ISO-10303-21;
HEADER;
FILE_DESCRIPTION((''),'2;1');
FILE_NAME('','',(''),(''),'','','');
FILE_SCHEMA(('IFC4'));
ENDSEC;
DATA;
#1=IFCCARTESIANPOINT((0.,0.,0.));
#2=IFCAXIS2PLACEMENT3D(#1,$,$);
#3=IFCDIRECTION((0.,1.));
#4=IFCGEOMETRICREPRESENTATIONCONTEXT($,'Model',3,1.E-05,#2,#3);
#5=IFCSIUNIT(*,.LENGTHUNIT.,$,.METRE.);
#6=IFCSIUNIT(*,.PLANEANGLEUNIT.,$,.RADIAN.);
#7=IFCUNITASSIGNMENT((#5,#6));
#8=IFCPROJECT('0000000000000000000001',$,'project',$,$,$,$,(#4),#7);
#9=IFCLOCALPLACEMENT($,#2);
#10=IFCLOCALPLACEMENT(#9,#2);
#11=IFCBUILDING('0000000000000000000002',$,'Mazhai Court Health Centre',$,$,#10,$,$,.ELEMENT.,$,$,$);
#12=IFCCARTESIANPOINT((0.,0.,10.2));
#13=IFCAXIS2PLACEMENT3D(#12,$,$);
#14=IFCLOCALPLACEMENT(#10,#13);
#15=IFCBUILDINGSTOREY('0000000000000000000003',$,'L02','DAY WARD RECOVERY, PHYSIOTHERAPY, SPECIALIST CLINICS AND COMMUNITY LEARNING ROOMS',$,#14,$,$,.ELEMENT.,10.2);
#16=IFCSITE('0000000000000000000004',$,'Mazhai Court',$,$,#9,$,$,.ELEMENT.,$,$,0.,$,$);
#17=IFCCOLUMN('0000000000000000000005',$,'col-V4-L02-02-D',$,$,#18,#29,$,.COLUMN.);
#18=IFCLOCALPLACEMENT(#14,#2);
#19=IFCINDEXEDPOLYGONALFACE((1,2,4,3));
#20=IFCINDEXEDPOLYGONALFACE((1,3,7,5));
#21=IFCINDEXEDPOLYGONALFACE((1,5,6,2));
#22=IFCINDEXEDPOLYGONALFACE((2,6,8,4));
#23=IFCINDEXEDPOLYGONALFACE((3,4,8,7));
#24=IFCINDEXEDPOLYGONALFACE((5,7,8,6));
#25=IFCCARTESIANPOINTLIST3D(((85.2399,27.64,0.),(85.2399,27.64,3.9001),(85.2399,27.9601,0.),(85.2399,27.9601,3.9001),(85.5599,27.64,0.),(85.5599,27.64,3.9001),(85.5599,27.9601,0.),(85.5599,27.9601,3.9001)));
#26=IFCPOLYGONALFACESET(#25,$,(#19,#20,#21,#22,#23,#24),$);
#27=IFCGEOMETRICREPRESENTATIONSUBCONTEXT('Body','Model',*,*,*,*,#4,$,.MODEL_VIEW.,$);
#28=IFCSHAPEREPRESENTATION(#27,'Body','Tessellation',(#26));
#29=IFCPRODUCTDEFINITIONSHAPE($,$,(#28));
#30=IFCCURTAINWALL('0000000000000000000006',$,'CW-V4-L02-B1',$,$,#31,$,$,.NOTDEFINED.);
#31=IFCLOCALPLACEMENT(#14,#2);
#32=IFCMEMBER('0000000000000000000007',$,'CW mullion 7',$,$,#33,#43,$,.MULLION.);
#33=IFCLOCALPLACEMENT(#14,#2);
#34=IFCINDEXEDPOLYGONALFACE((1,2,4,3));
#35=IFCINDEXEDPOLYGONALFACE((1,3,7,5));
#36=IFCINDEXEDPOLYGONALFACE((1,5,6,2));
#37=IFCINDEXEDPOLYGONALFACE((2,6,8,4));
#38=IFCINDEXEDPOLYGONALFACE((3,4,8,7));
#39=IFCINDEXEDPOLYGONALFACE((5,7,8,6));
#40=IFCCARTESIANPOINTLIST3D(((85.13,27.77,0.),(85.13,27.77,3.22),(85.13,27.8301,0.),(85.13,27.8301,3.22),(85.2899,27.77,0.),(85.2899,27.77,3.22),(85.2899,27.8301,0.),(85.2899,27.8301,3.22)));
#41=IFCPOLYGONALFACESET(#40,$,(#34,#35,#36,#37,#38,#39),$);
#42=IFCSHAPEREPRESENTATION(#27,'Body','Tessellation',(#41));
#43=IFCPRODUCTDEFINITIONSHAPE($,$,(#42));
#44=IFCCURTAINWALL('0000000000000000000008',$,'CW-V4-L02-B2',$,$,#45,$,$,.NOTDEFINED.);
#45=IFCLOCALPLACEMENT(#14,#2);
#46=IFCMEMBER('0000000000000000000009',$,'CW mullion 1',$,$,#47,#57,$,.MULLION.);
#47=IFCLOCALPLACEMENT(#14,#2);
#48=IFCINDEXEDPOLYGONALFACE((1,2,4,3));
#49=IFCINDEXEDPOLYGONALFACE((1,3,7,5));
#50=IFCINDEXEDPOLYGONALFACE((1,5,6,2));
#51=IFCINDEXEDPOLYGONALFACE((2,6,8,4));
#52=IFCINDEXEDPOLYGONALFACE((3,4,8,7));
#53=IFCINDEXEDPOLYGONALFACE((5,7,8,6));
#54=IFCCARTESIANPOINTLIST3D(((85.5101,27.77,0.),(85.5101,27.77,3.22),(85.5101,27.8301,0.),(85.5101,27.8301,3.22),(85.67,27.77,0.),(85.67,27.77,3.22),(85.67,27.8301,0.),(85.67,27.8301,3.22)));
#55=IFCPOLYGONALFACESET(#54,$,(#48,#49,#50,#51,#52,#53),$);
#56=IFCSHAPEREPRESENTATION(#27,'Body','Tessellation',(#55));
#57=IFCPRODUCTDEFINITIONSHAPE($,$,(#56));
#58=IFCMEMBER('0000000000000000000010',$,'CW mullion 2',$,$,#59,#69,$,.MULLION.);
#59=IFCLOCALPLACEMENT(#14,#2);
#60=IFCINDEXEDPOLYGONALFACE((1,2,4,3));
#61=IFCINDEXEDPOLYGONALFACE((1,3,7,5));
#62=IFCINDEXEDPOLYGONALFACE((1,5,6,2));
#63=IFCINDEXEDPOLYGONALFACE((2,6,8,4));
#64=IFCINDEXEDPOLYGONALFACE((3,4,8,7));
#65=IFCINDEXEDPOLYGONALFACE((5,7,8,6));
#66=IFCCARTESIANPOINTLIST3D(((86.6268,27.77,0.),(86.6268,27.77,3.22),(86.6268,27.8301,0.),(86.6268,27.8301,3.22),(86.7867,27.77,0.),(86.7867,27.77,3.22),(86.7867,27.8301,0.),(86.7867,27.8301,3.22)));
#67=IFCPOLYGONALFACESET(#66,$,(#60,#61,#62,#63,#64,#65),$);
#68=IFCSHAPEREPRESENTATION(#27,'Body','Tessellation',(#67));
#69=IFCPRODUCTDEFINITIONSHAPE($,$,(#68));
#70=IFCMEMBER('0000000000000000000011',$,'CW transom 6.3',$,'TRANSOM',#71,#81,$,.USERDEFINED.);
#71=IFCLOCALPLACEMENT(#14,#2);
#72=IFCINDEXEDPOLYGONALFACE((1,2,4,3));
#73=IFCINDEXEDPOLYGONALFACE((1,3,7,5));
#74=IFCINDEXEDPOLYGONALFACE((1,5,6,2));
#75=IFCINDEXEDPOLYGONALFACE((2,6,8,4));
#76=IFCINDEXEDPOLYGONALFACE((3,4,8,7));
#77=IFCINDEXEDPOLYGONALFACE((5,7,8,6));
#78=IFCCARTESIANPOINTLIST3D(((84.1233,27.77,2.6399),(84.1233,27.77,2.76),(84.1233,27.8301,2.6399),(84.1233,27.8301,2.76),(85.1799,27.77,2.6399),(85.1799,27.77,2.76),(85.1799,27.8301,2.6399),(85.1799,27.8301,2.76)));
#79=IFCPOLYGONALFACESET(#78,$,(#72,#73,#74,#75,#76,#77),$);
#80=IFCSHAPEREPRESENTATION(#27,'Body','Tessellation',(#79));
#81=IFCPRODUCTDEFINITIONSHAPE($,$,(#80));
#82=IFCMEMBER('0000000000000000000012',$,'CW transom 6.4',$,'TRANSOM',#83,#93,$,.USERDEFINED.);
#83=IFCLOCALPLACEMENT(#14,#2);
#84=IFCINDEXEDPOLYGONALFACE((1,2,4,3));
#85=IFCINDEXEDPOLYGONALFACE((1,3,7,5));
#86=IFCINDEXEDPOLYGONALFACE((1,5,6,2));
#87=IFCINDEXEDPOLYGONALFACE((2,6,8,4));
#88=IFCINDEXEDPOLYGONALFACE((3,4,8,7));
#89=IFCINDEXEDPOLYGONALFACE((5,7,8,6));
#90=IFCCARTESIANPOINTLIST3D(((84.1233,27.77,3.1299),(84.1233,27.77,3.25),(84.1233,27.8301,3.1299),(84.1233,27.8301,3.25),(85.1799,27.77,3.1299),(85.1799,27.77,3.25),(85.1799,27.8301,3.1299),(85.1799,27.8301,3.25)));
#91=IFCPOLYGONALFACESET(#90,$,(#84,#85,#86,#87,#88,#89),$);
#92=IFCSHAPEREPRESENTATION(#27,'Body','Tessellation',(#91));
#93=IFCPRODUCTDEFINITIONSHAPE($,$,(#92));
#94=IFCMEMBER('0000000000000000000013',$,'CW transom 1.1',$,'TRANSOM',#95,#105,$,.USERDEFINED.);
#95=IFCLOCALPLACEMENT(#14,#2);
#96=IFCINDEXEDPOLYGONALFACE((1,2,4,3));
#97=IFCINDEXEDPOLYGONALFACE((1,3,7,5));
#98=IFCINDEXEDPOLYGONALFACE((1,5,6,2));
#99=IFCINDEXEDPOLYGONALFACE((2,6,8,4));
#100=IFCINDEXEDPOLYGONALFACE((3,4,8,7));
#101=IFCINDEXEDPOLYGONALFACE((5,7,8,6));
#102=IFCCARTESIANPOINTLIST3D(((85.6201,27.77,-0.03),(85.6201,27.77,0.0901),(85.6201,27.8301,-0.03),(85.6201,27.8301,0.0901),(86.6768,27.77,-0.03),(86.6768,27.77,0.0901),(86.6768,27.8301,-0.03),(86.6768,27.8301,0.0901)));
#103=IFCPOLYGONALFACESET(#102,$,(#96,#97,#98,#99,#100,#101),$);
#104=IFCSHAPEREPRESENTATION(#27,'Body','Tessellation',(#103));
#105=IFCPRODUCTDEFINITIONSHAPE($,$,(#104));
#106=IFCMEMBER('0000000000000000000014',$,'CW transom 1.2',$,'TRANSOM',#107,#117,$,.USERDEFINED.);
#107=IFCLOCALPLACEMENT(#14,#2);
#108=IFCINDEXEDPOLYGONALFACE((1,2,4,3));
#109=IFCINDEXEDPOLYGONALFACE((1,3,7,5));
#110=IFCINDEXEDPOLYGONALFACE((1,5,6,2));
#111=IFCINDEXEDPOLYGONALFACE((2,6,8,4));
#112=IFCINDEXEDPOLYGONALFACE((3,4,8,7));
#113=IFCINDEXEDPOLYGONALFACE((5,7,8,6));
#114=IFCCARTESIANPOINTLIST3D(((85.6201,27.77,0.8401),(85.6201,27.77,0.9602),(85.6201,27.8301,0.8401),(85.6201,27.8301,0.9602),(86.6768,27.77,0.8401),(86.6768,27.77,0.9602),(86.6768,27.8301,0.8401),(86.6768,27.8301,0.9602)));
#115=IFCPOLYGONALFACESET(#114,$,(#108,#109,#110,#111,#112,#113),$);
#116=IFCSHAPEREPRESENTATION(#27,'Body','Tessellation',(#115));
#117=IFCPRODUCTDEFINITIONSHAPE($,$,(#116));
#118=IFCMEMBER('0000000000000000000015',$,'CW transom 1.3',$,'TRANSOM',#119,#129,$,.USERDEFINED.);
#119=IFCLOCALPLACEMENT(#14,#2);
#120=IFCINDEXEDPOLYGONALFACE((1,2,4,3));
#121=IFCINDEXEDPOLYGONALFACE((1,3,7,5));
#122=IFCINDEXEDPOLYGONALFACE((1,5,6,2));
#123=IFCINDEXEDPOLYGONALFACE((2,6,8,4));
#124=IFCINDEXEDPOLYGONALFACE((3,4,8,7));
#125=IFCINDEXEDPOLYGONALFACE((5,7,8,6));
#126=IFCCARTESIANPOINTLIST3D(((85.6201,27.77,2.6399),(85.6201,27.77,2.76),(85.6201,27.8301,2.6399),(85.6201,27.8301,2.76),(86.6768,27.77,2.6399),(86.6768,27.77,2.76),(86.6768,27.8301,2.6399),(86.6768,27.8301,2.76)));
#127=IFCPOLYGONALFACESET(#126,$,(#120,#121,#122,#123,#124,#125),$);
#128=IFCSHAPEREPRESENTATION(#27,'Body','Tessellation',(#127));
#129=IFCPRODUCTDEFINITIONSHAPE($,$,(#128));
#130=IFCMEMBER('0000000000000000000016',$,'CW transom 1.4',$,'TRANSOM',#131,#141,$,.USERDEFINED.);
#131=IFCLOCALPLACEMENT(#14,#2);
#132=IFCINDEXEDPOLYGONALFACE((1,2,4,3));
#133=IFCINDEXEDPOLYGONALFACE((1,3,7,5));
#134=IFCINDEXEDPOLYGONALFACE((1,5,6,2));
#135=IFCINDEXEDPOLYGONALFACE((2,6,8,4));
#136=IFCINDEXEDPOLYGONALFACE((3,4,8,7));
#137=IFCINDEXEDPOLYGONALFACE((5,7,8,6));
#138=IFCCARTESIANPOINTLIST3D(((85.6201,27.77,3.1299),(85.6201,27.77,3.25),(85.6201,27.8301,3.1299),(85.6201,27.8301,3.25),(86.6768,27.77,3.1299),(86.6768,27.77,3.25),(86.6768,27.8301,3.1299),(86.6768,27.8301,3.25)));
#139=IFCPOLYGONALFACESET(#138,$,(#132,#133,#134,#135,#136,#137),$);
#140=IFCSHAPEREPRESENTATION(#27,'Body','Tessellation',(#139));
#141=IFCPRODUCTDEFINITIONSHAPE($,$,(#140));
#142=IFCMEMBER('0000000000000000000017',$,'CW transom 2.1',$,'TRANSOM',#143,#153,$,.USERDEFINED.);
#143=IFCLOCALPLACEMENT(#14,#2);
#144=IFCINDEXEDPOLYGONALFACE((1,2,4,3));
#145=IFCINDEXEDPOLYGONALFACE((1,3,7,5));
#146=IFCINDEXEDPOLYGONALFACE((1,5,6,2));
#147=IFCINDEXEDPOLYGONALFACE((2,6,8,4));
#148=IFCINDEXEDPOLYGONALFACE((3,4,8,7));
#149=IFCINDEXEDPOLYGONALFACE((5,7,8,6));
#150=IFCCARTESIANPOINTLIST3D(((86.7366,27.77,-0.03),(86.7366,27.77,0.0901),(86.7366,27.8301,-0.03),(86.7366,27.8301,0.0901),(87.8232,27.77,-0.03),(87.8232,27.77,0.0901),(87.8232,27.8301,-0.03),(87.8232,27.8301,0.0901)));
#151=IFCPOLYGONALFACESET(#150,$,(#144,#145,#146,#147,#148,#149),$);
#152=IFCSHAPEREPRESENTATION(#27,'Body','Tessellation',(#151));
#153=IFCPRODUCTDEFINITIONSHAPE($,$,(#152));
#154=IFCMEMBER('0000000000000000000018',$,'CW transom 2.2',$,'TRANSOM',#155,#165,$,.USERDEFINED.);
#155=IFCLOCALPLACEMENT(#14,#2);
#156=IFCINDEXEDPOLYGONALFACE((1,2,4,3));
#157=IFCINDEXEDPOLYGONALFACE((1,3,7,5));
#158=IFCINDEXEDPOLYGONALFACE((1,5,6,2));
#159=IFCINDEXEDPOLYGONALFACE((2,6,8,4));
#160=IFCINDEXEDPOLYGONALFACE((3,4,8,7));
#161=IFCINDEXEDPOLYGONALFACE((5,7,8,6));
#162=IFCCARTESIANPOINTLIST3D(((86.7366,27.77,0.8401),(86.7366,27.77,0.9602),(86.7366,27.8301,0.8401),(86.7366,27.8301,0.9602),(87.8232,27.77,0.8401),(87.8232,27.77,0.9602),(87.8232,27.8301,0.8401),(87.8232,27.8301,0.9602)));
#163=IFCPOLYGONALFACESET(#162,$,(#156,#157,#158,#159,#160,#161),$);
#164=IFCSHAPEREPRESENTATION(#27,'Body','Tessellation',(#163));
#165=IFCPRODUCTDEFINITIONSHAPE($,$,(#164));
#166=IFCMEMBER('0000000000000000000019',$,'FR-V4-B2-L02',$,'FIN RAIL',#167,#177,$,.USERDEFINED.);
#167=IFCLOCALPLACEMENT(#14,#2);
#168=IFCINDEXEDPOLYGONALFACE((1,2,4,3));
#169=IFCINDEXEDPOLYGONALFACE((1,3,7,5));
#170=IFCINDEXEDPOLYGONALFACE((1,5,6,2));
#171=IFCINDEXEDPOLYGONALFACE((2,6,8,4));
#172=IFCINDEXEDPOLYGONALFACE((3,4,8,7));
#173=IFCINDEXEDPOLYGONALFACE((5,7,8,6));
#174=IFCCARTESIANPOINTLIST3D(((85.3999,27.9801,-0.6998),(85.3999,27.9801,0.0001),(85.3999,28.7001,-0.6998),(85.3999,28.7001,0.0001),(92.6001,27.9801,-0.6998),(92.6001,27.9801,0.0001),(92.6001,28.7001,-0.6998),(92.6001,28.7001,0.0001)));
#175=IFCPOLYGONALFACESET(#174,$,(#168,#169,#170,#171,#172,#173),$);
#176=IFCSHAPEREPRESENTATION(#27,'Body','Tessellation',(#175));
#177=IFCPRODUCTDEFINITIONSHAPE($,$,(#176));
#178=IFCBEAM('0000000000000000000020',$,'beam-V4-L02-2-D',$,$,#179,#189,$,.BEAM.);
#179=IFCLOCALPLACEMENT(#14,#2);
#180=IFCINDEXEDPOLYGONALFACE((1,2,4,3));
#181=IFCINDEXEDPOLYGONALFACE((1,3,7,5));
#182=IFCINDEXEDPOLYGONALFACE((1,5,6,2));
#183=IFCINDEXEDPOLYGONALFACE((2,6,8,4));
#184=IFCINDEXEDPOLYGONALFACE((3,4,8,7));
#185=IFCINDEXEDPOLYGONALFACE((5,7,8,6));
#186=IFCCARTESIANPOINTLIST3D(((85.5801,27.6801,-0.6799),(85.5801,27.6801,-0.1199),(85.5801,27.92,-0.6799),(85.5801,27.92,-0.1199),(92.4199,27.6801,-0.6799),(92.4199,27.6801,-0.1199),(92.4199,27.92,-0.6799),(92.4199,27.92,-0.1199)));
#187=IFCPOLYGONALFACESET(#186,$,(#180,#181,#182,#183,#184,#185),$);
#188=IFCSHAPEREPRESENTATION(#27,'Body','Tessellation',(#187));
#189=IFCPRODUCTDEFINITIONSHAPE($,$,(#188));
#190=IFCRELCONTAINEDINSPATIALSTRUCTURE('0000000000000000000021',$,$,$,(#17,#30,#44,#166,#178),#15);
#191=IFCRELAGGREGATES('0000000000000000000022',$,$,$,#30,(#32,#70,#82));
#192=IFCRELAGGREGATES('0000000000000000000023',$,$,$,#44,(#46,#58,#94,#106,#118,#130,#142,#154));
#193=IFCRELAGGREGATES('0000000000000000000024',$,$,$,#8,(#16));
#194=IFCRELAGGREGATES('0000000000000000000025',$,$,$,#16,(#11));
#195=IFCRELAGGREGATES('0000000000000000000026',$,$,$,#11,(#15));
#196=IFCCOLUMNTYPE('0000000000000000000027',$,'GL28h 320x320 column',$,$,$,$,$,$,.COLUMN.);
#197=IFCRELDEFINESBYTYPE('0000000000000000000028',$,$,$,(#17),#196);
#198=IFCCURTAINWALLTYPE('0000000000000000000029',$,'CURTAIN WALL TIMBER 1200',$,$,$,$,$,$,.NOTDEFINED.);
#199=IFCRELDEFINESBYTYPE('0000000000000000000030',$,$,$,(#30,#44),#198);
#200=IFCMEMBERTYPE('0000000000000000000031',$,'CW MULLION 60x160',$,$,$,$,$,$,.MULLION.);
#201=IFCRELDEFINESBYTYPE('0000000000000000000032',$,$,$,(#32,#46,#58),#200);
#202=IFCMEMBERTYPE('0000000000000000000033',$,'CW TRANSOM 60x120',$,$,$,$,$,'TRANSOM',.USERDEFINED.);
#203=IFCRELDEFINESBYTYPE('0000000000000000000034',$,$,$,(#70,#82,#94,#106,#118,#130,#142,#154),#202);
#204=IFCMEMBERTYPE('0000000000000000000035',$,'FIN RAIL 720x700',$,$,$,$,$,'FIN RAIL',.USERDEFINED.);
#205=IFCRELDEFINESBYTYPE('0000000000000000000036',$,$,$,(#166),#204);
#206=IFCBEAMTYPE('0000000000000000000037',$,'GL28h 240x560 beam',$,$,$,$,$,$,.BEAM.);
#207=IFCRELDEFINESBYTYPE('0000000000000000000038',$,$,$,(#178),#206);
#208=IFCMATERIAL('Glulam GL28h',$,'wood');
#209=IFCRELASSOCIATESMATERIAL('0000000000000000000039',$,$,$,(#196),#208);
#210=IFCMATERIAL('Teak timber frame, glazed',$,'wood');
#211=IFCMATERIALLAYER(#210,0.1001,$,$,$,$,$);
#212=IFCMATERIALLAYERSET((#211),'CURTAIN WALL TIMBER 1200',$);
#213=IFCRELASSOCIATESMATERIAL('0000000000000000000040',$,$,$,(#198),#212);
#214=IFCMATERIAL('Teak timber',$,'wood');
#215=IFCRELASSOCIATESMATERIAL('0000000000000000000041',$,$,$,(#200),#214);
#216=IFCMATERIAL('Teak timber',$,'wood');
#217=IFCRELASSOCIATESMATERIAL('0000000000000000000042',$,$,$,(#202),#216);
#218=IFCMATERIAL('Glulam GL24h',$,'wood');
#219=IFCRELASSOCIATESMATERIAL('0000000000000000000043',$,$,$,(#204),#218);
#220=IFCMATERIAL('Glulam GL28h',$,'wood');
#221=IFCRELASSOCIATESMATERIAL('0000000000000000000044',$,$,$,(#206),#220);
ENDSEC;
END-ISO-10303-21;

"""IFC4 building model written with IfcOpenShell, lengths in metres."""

from ifc_helpers import new_model, si_unit, direction, frame, origin, origin_2d, place, context, subcontext, project, spatial, rectangle, extrude, material, layer, layer_set, material_profile, profile_set, type_object, element, aggregate, save


model = new_model("IFC4")

# Units and contexts
model_context = context("Model", 3, precision=1e-05, world=origin(), true_north=direction((0.0, 1.0)))
body_context = subcontext(model_context, "Body", "Model", "MODEL_VIEW")
ifc_project = project(units=[si_unit("LENGTHUNIT", "METRE"), si_unit("PLANEANGLEUNIT", "RADIAN")], contexts=[model_context])

# Site, building, storey
site_placement = place(None, origin())
site = spatial("IfcSite", under=ifc_project, at=site_placement, Name="Mazhai Court", CompositionType="ELEMENT", RefElevation=0.0)
building_placement = place(site_placement, origin())
building = spatial("IfcBuilding", under=site, at=building_placement, Name="Mazhai Court Health Centre", CompositionType="ELEMENT")
storey_placement = place(building_placement, frame((0.0, 0.0, 10.2)))
storey = spatial("IfcBuildingStorey", under=building, at=storey_placement, Name="L02", Description="DAY WARD RECOVERY, PHYSIOTHERAPY, SPECIALIST CLINICS AND COMMUNITY LEARNING ROOMS", CompositionType="ELEMENT", Elevation=10.2)

# Column
ifc_material_1 = material(Name="Glulam GL28h", Category="wood")
ifc_material_profile_1 = material_profile(ifc_material_1, rectangle(XDim=0.3201, YDim=0.3201, at=origin_2d()), Name="GL28h 320x320")
ifc_profile_set_1 = profile_set([ifc_material_profile_1], Name="Glulam GL28h")
column_type = type_object("IfcColumnType", Name="GL28h 320x320 column", PredefinedType="COLUMN", material=ifc_profile_set_1)
column_placement = place(storey_placement, frame((85.3999, 27.8, 0.0), z_axis=(0.0, 0.0, 1.0), x_axis=(1.0, 0.0, 0.0)))
element("IfcColumn", 1, at=column_placement, inside=storey, type_object=column_type, Name="col-V4-L02-02-D", PredefinedType="COLUMN", context=body_context, shape_type="SweptSolid", body=[
    extrude(rectangle(XDim=0.3201, YDim=0.3201, at=origin_2d()), origin(), (0.0, 0.0, 1.0), 3.9001),
])

# Curtain wall, member
ifc_material_2 = material(Name="Teak timber frame, glazed", Category="wood")
ifc_layer_1 = layer(ifc_material_2, 0.1001)
ifc_layer_set_1 = layer_set([ifc_layer_1], Name="CURTAIN WALL TIMBER 1200")
curtain_wall_type = type_object("IfcCurtainWallType", Name="CURTAIN WALL TIMBER 1200", PredefinedType="NOTDEFINED", material=ifc_layer_set_1)
curtain_wall_1_placement = place(storey_placement, origin())
curtain_wall_1 = element("IfcCurtainWall", 2, at=curtain_wall_1_placement, inside=storey, type_object=curtain_wall_type, Name="CW-V4-L02-B1", PredefinedType="NOTDEFINED")
ifc_material_3 = material(Name="Teak timber", Category="wood")
ifc_material_profile_2 = material_profile(ifc_material_3, rectangle(XDim=0.0601, YDim=0.1599, at=origin_2d()), Name="CW MULLION 60x160")
ifc_profile_set_2 = profile_set([ifc_material_profile_2], Name="Teak timber")
member_type_1 = type_object("IfcMemberType", Name="CW MULLION 60x160", PredefinedType="MULLION", material=ifc_profile_set_2)
member_1_placement = place(storey_placement, frame((85.21, 27.8, 0.0), z_axis=(0.0, 0.0, 1.0), x_axis=(0.0, 1.0, 0.0)))
member_1 = element("IfcMember", 3, at=member_1_placement, type_object=member_type_1, Name="CW mullion 7", PredefinedType="MULLION", context=body_context, shape_type="SweptSolid", body=[
    extrude(rectangle(XDim=0.0601, YDim=0.1599, at=origin_2d()), origin(), (0.0, 0.0, 1.0), 3.22),
])

# Curtain wall, members
curtain_wall_2_placement = place(storey_placement, origin())
curtain_wall_2 = element("IfcCurtainWall", 4, at=curtain_wall_2_placement, inside=storey, type_object=curtain_wall_type, Name="CW-V4-L02-B2", PredefinedType="NOTDEFINED")
member_2_placement = place(storey_placement, frame((85.5901, 27.8, 0.0), z_axis=(0.0, 0.0, 1.0), x_axis=(0.0, 1.0, 0.0)))
member_2 = element("IfcMember", 5, at=member_2_placement, type_object=member_type_1, Name="CW mullion 1", PredefinedType="MULLION", context=body_context, shape_type="SweptSolid", body=[
    extrude(rectangle(XDim=0.0601, YDim=0.1599, at=origin_2d()), origin(), (0.0, 0.0, 1.0), 3.22),
])
member_3_placement = place(storey_placement, frame((86.7068, 27.8, 0.0), z_axis=(0.0, 0.0, 1.0), x_axis=(0.0, 1.0, 0.0)))
member_3 = element("IfcMember", 6, at=member_3_placement, type_object=member_type_1, Name="CW mullion 2", PredefinedType="MULLION", context=body_context, shape_type="SweptSolid", body=[
    extrude(rectangle(XDim=0.0601, YDim=0.1599, at=origin_2d()), origin(), (0.0, 0.0, 1.0), 3.22),
])

# Members
ifc_material_4 = material(Name="Teak timber", Category="wood")
ifc_material_profile_3 = material_profile(ifc_material_4, rectangle(XDim=0.0601, YDim=0.1201, at=origin_2d()), Name="CW TRANSOM 60x120")
ifc_profile_set_3 = profile_set([ifc_material_profile_3], Name="Teak timber")
member_type_2 = type_object("IfcMemberType", Name="CW TRANSOM 60x120", ElementType="TRANSOM", PredefinedType="USERDEFINED", material=ifc_profile_set_3)
member_4_placement = place(storey_placement, frame((84.1233, 27.8, 2.7), z_axis=(1.0, 0.0, 0.0), x_axis=(0.0, 1.0, 0.0)))
member_4 = element("IfcMember", 7, at=member_4_placement, type_object=member_type_2, Name="CW transom 6.3", ObjectType="TRANSOM", PredefinedType="USERDEFINED", context=body_context, shape_type="SweptSolid", body=[
    extrude(rectangle(XDim=0.0601, YDim=0.1201, at=origin_2d()), origin(), (0.0, 0.0, 1.0), 1.0566),
])
member_5_placement = place(storey_placement, frame((84.1233, 27.8, 3.1899), z_axis=(1.0, 0.0, 0.0), x_axis=(0.0, 1.0, 0.0)))
member_5 = element("IfcMember", 8, at=member_5_placement, type_object=member_type_2, Name="CW transom 6.4", ObjectType="TRANSOM", PredefinedType="USERDEFINED", context=body_context, shape_type="SweptSolid", body=[
    extrude(rectangle(XDim=0.0601, YDim=0.1201, at=origin_2d()), origin(), (0.0, 0.0, 1.0), 1.0566),
])
member_6_placement = place(storey_placement, frame((85.6201, 27.8, 0.03), z_axis=(1.0, 0.0, 0.0), x_axis=(0.0, 1.0, 0.0)))
member_6 = element("IfcMember", 9, at=member_6_placement, type_object=member_type_2, Name="CW transom 1.1", ObjectType="TRANSOM", PredefinedType="USERDEFINED", context=body_context, shape_type="SweptSolid", body=[
    extrude(rectangle(XDim=0.0601, YDim=0.1201, at=origin_2d()), origin(), (0.0, 0.0, 1.0), 1.0566),
])
member_7_placement = place(storey_placement, frame((85.6201, 27.8, 0.9001), z_axis=(1.0, 0.0, 0.0), x_axis=(0.0, 1.0, 0.0)))
member_7 = element("IfcMember", 10, at=member_7_placement, type_object=member_type_2, Name="CW transom 1.2", ObjectType="TRANSOM", PredefinedType="USERDEFINED", context=body_context, shape_type="SweptSolid", body=[
    extrude(rectangle(XDim=0.0601, YDim=0.1201, at=origin_2d()), origin(), (0.0, 0.0, 1.0), 1.0566),
])
member_8_placement = place(storey_placement, frame((85.6201, 27.8, 2.7), z_axis=(1.0, 0.0, 0.0), x_axis=(0.0, 1.0, 0.0)))
member_8 = element("IfcMember", 11, at=member_8_placement, type_object=member_type_2, Name="CW transom 1.3", ObjectType="TRANSOM", PredefinedType="USERDEFINED", context=body_context, shape_type="SweptSolid", body=[
    extrude(rectangle(XDim=0.0601, YDim=0.1201, at=origin_2d()), origin(), (0.0, 0.0, 1.0), 1.0566),
])
member_9_placement = place(storey_placement, frame((85.6201, 27.8, 3.1899), z_axis=(1.0, 0.0, 0.0), x_axis=(0.0, 1.0, 0.0)))
member_9 = element("IfcMember", 12, at=member_9_placement, type_object=member_type_2, Name="CW transom 1.4", ObjectType="TRANSOM", PredefinedType="USERDEFINED", context=body_context, shape_type="SweptSolid", body=[
    extrude(rectangle(XDim=0.0601, YDim=0.1201, at=origin_2d()), origin(), (0.0, 0.0, 1.0), 1.0566),
])
member_10_placement = place(storey_placement, frame((86.7366, 27.8, 0.03), z_axis=(1.0, 0.0, 0.0), x_axis=(0.0, 1.0, 0.0)))
member_10 = element("IfcMember", 13, at=member_10_placement, type_object=member_type_2, Name="CW transom 2.1", ObjectType="TRANSOM", PredefinedType="USERDEFINED", context=body_context, shape_type="SweptSolid", body=[
    extrude(rectangle(XDim=0.0601, YDim=0.1201, at=origin_2d()), origin(), (0.0, 0.0, 1.0), 1.0867),
])
member_11_placement = place(storey_placement, frame((86.7366, 27.8, 0.9001), z_axis=(1.0, 0.0, 0.0), x_axis=(0.0, 1.0, 0.0)))
member_11 = element("IfcMember", 14, at=member_11_placement, type_object=member_type_2, Name="CW transom 2.2", ObjectType="TRANSOM", PredefinedType="USERDEFINED", context=body_context, shape_type="SweptSolid", body=[
    extrude(rectangle(XDim=0.0601, YDim=0.1201, at=origin_2d()), origin(), (0.0, 0.0, 1.0), 1.0867),
])
ifc_material_5 = material(Name="Glulam GL24h", Category="wood")
ifc_material_profile_4 = material_profile(ifc_material_5, rectangle(XDim=0.72, YDim=0.7, at=origin_2d()), Name="FIN RAIL 720x700")
ifc_profile_set_4 = profile_set([ifc_material_profile_4], Name="Glulam GL24h")
member_type_3 = type_object("IfcMemberType", Name="FIN RAIL 720x700", ElementType="FIN RAIL", PredefinedType="USERDEFINED", material=ifc_profile_set_4)
member_12_placement = place(storey_placement, frame((85.3999, 28.3401, -0.3499), z_axis=(1.0, 0.0, 0.0), x_axis=(0.0, 1.0, 0.0)))
element("IfcMember", 15, at=member_12_placement, inside=storey, type_object=member_type_3, Name="FR-V4-B2-L02", ObjectType="FIN RAIL", PredefinedType="USERDEFINED", context=body_context, shape_type="SweptSolid", body=[
    extrude(rectangle(XDim=0.72, YDim=0.7, at=origin_2d()), origin(), (0.0, 0.0, 1.0), 7.2002),
])

# Beam
ifc_material_6 = material(Name="Glulam GL28h", Category="wood")
ifc_material_profile_5 = material_profile(ifc_material_6, rectangle(XDim=0.24, YDim=0.5601, at=origin_2d()), Name="GL28h 240x560")
ifc_profile_set_5 = profile_set([ifc_material_profile_5], Name="Glulam GL28h")
beam_type = type_object("IfcBeamType", Name="GL28h 240x560 beam", PredefinedType="BEAM", material=ifc_profile_set_5)
beam_placement = place(storey_placement, frame((85.5801, 27.8, -0.3999), z_axis=(1.0, 0.0, 0.0), x_axis=(0.0, 1.0, 0.0)))
element("IfcBeam", 16, at=beam_placement, inside=storey, type_object=beam_type, Name="beam-V4-L02-2-D", PredefinedType="BEAM", context=body_context, shape_type="SweptSolid", body=[
    extrude(rectangle(XDim=0.24, YDim=0.5601, at=origin_2d()), origin(), (0.0, 0.0, 1.0), 6.8398),
])

aggregate(curtain_wall_1, [member_1, member_4, member_5])
aggregate(curtain_wall_2, [member_2, member_3, member_6, member_7, member_8, member_9, member_10, member_11])

save(model, "model.ifc")
